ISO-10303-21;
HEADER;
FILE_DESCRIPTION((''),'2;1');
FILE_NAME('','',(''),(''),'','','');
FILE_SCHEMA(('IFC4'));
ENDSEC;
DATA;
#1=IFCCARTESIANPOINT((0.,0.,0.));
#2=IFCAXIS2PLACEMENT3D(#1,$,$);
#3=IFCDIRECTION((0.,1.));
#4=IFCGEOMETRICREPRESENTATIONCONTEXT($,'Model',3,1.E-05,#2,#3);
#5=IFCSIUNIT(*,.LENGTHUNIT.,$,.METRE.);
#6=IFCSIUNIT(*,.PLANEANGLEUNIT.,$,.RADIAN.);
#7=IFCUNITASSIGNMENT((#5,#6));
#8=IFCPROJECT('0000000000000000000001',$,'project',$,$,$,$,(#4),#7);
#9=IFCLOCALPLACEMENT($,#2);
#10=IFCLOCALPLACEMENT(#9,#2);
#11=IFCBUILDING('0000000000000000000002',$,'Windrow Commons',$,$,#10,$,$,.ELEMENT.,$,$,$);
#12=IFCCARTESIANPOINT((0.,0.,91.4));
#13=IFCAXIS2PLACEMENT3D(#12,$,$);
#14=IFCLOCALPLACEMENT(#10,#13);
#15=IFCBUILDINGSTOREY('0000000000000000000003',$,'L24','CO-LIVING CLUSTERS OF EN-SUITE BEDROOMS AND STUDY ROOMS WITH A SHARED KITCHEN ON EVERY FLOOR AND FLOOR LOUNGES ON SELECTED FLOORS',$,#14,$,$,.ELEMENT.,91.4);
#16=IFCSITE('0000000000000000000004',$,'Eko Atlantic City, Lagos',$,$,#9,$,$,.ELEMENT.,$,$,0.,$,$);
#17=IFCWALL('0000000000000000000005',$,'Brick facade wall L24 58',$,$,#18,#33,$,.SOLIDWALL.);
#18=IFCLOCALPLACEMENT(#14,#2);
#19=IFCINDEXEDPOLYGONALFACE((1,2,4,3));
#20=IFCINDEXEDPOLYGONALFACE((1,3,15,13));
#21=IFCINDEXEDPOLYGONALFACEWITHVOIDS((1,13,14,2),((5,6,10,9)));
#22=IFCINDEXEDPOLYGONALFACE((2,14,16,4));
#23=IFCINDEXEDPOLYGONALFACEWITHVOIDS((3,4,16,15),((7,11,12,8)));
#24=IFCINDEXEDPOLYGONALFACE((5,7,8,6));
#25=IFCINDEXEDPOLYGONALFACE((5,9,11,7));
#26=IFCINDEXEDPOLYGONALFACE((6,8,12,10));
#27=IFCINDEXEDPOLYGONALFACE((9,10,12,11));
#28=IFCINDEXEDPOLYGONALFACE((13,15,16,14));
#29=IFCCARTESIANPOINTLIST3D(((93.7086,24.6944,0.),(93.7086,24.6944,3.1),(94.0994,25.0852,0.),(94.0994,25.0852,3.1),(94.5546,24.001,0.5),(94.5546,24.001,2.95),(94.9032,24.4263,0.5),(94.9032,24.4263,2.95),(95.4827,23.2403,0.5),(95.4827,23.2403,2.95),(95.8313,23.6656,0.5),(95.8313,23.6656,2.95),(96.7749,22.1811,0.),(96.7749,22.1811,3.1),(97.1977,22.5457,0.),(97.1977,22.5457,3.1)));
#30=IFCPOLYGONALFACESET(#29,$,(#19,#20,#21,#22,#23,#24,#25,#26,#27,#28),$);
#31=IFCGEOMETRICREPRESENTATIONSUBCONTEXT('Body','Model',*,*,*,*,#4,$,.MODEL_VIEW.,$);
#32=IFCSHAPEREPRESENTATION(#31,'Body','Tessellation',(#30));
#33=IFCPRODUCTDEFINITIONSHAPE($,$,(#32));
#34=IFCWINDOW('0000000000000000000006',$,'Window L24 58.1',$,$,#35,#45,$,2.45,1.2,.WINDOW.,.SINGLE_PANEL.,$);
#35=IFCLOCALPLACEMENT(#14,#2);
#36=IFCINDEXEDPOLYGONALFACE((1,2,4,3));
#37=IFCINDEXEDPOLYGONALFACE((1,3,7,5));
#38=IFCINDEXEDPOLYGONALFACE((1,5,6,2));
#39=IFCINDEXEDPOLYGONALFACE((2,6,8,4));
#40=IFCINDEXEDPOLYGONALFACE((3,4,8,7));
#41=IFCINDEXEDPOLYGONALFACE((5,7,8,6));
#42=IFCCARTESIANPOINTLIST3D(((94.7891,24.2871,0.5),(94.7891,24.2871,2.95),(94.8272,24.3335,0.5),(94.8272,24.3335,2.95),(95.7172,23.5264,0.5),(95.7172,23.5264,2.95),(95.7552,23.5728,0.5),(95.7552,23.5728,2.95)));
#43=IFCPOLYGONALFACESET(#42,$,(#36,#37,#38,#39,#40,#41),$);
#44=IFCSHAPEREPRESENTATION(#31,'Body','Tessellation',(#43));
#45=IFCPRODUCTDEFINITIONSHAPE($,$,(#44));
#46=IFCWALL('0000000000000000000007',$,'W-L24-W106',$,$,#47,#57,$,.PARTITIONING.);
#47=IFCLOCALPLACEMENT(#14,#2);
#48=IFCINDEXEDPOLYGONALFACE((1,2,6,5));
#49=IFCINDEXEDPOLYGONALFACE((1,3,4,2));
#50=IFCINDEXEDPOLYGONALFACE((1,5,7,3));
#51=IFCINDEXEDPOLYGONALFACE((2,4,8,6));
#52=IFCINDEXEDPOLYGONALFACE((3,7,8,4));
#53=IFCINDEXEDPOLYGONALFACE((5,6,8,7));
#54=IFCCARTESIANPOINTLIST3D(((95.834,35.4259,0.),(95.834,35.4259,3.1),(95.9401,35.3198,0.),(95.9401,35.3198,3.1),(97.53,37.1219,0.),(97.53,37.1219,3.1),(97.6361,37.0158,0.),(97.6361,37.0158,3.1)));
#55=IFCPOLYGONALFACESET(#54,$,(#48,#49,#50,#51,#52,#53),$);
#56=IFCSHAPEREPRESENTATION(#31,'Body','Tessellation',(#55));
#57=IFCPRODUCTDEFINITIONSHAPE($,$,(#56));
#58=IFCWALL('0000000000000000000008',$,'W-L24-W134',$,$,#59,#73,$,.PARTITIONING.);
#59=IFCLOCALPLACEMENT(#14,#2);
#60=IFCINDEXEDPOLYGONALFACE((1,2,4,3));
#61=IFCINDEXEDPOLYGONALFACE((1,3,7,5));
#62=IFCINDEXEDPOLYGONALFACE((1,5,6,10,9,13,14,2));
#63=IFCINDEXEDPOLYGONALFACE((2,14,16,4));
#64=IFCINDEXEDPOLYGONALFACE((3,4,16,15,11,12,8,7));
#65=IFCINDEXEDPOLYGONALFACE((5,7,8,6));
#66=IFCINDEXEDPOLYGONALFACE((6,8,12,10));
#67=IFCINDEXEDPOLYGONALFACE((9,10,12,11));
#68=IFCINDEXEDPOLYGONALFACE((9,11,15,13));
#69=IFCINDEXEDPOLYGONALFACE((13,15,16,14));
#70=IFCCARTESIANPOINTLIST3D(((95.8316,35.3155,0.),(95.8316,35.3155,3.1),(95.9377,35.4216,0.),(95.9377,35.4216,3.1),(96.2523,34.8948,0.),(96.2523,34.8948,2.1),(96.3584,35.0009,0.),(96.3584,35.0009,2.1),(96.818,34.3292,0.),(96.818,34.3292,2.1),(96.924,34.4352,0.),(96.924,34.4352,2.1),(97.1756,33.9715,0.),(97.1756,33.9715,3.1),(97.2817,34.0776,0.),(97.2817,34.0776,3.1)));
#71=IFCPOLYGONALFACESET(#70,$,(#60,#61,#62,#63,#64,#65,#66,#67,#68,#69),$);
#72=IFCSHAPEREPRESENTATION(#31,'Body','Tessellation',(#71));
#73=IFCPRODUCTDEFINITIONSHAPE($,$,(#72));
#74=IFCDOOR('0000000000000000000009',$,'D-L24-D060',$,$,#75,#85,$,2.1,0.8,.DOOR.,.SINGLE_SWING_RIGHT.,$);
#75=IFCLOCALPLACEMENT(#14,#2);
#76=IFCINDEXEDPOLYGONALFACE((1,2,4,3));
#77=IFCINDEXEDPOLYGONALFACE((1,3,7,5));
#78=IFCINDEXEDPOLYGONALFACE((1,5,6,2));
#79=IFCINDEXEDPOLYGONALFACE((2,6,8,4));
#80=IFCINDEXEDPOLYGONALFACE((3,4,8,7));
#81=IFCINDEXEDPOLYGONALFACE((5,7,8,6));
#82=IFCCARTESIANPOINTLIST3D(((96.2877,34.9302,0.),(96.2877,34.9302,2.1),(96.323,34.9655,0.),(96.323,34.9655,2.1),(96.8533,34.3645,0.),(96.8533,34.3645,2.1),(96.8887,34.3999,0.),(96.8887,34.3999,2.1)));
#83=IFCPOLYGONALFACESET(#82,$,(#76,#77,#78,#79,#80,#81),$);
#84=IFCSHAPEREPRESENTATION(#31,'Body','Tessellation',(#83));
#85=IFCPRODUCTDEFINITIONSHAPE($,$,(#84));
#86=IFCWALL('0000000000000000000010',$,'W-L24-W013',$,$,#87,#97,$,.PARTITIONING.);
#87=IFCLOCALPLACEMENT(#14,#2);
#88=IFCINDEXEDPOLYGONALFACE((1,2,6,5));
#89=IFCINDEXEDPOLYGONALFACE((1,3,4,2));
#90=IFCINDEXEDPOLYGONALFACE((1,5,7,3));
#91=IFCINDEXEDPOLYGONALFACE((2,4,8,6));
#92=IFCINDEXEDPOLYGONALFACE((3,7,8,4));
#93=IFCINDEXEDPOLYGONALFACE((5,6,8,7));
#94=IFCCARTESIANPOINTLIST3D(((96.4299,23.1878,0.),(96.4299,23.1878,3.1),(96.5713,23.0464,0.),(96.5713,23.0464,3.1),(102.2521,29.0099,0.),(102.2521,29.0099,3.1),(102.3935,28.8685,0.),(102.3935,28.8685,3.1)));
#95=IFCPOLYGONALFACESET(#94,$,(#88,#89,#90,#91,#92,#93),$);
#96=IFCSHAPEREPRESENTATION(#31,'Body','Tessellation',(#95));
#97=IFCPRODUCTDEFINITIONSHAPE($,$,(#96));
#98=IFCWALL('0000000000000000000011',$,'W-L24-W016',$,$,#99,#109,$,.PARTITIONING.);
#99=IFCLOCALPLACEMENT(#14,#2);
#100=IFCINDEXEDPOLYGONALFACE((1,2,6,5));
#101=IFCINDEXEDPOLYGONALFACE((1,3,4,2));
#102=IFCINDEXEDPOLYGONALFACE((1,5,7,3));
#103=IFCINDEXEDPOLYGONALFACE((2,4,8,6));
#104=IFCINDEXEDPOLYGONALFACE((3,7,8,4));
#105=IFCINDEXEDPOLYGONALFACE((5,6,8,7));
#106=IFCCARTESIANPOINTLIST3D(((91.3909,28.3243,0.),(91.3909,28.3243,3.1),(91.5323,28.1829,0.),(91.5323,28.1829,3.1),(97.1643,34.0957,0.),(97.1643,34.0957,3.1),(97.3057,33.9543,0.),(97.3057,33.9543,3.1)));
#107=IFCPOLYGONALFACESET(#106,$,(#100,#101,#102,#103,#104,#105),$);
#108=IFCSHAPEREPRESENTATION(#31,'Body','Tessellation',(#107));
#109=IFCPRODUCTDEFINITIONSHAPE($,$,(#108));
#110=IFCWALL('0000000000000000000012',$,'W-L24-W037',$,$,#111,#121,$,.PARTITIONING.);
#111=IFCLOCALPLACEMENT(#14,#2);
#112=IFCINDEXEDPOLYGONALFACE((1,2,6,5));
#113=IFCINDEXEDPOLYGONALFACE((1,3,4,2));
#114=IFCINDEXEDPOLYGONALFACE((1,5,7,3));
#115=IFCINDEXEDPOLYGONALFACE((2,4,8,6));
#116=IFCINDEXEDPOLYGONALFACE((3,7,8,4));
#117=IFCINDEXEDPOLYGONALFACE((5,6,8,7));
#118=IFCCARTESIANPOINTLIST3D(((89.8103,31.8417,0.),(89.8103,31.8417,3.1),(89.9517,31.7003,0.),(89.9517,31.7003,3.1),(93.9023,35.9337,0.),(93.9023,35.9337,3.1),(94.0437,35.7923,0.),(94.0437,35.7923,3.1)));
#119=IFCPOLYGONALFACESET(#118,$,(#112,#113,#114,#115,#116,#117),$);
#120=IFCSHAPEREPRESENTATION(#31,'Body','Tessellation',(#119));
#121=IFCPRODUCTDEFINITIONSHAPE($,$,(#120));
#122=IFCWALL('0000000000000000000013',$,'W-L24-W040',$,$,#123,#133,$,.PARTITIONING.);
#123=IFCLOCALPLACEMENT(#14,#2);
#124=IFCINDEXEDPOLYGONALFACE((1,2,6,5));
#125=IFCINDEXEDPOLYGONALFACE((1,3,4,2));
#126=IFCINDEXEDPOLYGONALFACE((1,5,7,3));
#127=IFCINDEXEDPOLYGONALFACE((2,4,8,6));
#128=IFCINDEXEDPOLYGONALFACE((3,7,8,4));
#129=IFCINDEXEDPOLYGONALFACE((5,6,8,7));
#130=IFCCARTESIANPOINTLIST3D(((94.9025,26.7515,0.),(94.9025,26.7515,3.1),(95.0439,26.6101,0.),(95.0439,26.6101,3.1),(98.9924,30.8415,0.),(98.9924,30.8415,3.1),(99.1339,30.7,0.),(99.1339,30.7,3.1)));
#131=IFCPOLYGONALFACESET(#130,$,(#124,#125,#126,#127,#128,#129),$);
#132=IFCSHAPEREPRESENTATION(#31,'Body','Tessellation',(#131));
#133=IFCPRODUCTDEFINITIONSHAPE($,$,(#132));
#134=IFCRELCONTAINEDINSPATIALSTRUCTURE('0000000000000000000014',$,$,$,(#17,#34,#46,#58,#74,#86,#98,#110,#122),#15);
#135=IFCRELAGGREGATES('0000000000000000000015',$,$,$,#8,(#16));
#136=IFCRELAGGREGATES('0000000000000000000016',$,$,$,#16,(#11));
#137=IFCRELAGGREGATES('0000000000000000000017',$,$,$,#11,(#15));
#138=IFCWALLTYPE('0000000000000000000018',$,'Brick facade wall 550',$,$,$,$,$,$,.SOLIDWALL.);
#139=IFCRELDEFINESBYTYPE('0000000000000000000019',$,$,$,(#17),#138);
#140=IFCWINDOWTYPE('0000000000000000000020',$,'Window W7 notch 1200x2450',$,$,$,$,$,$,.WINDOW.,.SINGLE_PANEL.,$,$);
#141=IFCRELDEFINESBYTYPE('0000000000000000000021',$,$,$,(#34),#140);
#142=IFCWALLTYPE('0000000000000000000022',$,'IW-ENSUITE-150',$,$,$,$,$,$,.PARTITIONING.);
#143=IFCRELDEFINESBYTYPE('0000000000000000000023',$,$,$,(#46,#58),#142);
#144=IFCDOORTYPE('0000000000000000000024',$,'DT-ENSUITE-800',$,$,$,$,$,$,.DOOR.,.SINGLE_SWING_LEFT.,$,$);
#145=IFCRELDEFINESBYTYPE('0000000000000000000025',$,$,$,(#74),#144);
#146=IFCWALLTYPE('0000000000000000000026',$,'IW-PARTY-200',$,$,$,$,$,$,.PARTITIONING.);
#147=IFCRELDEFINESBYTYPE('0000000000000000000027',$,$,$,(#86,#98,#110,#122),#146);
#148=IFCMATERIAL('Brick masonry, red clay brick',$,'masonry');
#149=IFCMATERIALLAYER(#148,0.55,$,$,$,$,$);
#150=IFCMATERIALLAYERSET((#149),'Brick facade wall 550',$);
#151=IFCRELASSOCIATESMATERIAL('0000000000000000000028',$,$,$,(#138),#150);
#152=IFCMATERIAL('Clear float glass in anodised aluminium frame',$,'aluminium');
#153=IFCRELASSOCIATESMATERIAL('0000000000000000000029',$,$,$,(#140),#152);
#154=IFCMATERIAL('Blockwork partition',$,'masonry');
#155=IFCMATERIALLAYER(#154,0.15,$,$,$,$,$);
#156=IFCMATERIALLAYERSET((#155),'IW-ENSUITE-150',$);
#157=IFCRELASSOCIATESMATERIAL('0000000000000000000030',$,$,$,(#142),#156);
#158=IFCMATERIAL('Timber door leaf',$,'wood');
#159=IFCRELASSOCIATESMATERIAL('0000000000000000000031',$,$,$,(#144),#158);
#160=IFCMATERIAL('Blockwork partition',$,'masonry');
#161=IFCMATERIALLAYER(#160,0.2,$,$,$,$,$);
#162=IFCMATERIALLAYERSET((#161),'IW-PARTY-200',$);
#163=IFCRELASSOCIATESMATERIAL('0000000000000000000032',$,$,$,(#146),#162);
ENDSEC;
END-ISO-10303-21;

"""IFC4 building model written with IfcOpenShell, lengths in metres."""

from ifc_helpers import new_model, si_unit, direction, frame, frame_2d, origin, place, context, subcontext, project, spatial, polyline, rectangle, outline, extrude, material, layer, layer_set, type_object, element, fill, save


model = new_model("IFC4")

# Units and contexts
model_context = context("Model", 3, precision=1e-05, world=origin(), true_north=direction((0.0, 1.0)))
body_context = subcontext(model_context, "Body", "Model", "MODEL_VIEW")
ifc_project = project(units=[si_unit("LENGTHUNIT", "METRE"), si_unit("PLANEANGLEUNIT", "RADIAN")], contexts=[model_context])

# Site, building, storey
site_placement = place(None, origin())
site = spatial("IfcSite", under=ifc_project, at=site_placement, Name="Eko Atlantic City, Lagos", CompositionType="ELEMENT", RefElevation=0.0)
building_placement = place(site_placement, origin())
building = spatial("IfcBuilding", under=site, at=building_placement, Name="Windrow Commons", CompositionType="ELEMENT")
storey_placement = place(building_placement, frame((0.0, 0.0, 91.4)))
storey = spatial("IfcBuildingStorey", under=building, at=storey_placement, Name="L24", Description="CO-LIVING CLUSTERS OF EN-SUITE BEDROOMS AND STUDY ROOMS WITH A SHARED KITCHEN ON EVERY FLOOR AND FLOOR LOUNGES ON SELECTED FLOORS", CompositionType="ELEMENT", Elevation=91.4)

# Shared definitions
ifc_material_1 = material(Name="Brick masonry, red clay brick", Category="masonry")
ifc_layer_1 = layer(ifc_material_1, 0.55)
ifc_layer_set_1 = layer_set([ifc_layer_1], Name="Brick facade wall 550")
wall_type_1 = type_object("IfcWallType", Name="Brick facade wall 550", PredefinedType="SOLIDWALL", material=ifc_layer_set_1)

# Wall, opening, window
wall_1_placement = place(storey_placement, frame((93.904, 24.8898, 0.0), z_axis=(0.0, 0.0, 1.0), x_axis=(0.773401, -0.633917, 0.0)))
wall_1 = element("IfcWall", 1, at=wall_1_placement, inside=storey, type_object=wall_type_1, Name="Brick facade wall L24 58", PredefinedType="SOLIDWALL", context=body_context, shape_type="SweptSolid", body=[
    extrude(outline(polyline([(-0.0273, -0.275), (3.9375, -0.275), (4.0333, 0.275), (0.0273, 0.275), (-0.0273, -0.275)])), origin(), (0.0, 0.0, 1.0), 3.1),
])
opening_1_placement = place(wall_1_placement, frame((1.0666, 0.0, 0.5)))
opening_1 = element("IfcOpeningElement", 2, at=opening_1_placement, cuts=wall_1, PredefinedType="OPENING", context=body_context, shape_type="SweptSolid", body=[
    extrude(rectangle(XDim=1.2, YDim=2.45, at=frame_2d((0.6, 1.225))), frame((0.0, 0.285, 0.0), z_axis=(0.0, -1.0, 0.0), x_axis=(1.0, 0.0, 0.0)), (0.0, 0.0, 1.0), 0.57),
])
ifc_material_2 = material(Name="Clear float glass in anodised aluminium frame", Category="aluminium")
window_type_1 = type_object("IfcWindowType", Name="Window W7 notch 1200x2450", PartitioningType="SINGLE_PANEL", PredefinedType="WINDOW", material=ifc_material_2)
window_1_placement = place(opening_1_placement, origin())
window_1 = element("IfcWindow", 3, at=window_1_placement, inside=storey, type_object=window_type_1, Name="Window L24 58.1", OverallHeight=2.45, OverallWidth=1.2, PartitioningType="SINGLE_PANEL", PredefinedType="WINDOW", context=body_context, shape_type="SweptSolid", body=[
    extrude(rectangle(XDim=1.2, YDim=2.45, at=frame_2d((0.6, 1.225))), frame((0.0, 0.155, 0.0), z_axis=(0.0, -1.0, 0.0), x_axis=(1.0, 0.0, 0.0)), (0.0, 0.0, 1.0), 0.06),
])
fill(opening_1, window_1)

# Wall
ifc_material_3 = material(Name="Blockwork partition", Category="masonry")
ifc_layer_2 = layer(ifc_material_3, 0.15)
ifc_layer_set_2 = layer_set([ifc_layer_2], Name="IW-ENSUITE-150")
wall_type_2 = type_object("IfcWallType", Name="IW-ENSUITE-150", PredefinedType="PARTITIONING", material=ifc_layer_set_2)
wall_2_placement = place(storey_placement, frame((95.8871, 35.3729, 0.0), z_axis=(0.0, 0.0, 1.0), x_axis=(0.707107, 0.707107, 0.0)))
element("IfcWall", 4, at=wall_2_placement, inside=storey, type_object=wall_type_2, Name="W-L24-W106", PredefinedType="PARTITIONING", context=body_context, shape_type="SweptSolid", body=[
    extrude(rectangle(XDim=2.3985, YDim=0.15, at=frame_2d((1.1992, 0.0))), origin(), (0.0, 0.0, 1.0), 3.1),
])

# Wall, opening, door
wall_3_placement = place(storey_placement, frame((95.8846, 35.3686, 0.0), z_axis=(0.0, 0.0, 1.0), x_axis=(0.707107, -0.707107, 0.0)))
wall_3 = element("IfcWall", 5, at=wall_3_placement, inside=storey, type_object=wall_type_2, Name="W-L24-W134", PredefinedType="PARTITIONING", context=body_context, shape_type="SweptSolid", body=[
    extrude(rectangle(XDim=1.9007, YDim=0.15, at=frame_2d((0.9504, 0.0))), origin(), (0.0, 0.0, 1.0), 3.1),
])
opening_2_placement = place(wall_3_placement, frame((0.595, 0.0, 0.0)))
opening_2 = element("IfcOpeningElement", 6, at=opening_2_placement, cuts=wall_3, PredefinedType="OPENING", context=body_context, shape_type="SweptSolid", body=[
    extrude(rectangle(XDim=0.8, YDim=2.1, at=frame_2d((0.4, 1.05))), frame((0.0, 0.085, 0.0), z_axis=(0.0, -1.0, 0.0), x_axis=(1.0, 0.0, 0.0)), (0.0, 0.0, 1.0), 0.17),
])
ifc_material_4 = material(Name="Timber door leaf", Category="wood")
door_type = type_object("IfcDoorType", Name="DT-ENSUITE-800", OperationType="SINGLE_SWING_LEFT", PredefinedType="DOOR", material=ifc_material_4)
door_placement = place(opening_2_placement, origin())
door = element("IfcDoor", 7, at=door_placement, inside=storey, type_object=door_type, Name="D-L24-D060", OperationType="SINGLE_SWING_RIGHT", OverallHeight=2.1, OverallWidth=0.8, PredefinedType="DOOR", context=body_context, shape_type="SweptSolid", body=[
    extrude(rectangle(XDim=0.8, YDim=2.1, at=frame_2d((0.4, 1.05))), frame((0.0, 0.025, 0.0), z_axis=(0.0, -1.0, 0.0), x_axis=(1.0, 0.0, 0.0)), (0.0, 0.0, 1.0), 0.05),
])
fill(opening_2, door)

# Walls
ifc_material_5 = material(Name="Blockwork partition", Category="masonry")
ifc_layer_3 = layer(ifc_material_5, 0.2)
ifc_layer_set_3 = layer_set([ifc_layer_3], Name="IW-PARTY-200")
wall_type_3 = type_object("IfcWallType", Name="IW-PARTY-200", PredefinedType="PARTITIONING", material=ifc_layer_set_3)
wall_4_placement = place(storey_placement, frame((96.5006, 23.1171, 0.0), z_axis=(0.0, 0.0, 1.0), x_axis=(0.707113, 0.707101, 0.0)))
element("IfcWall", 8, at=wall_4_placement, inside=storey, type_object=wall_type_3, Name="W-L24-W013", PredefinedType="PARTITIONING", context=body_context, shape_type="SweptSolid", body=[
    extrude(rectangle(XDim=8.2338, YDim=0.2, at=frame_2d((4.1169, 0.0))), origin(), (0.0, 0.0, 1.0), 3.1),
])
wall_5_placement = place(storey_placement, frame((91.4616, 28.2536, 0.0), z_axis=(0.0, 0.0, 1.0), x_axis=(0.707229, 0.706984, 0.0)))
element("IfcWall", 9, at=wall_5_placement, inside=storey, type_object=wall_type_3, Name="W-L24-W016", PredefinedType="PARTITIONING", context=body_context, shape_type="SweptSolid", body=[
    extrude(rectangle(XDim=8.1634, YDim=0.2, at=frame_2d((4.0817, 0.0))), origin(), (0.0, 0.0, 1.0), 3.1),
])
wall_6_placement = place(storey_placement, frame((89.881, 31.771, 0.0), z_axis=(0.0, 0.0, 1.0), x_axis=(0.707107, 0.707107, 0.0)))
element("IfcWall", 10, at=wall_6_placement, inside=storey, type_object=wall_type_3, Name="W-L24-W037", PredefinedType="PARTITIONING", context=body_context, shape_type="SweptSolid", body=[
    extrude(rectangle(XDim=5.787, YDim=0.2, at=frame_2d((2.8935, 0.0))), origin(), (0.0, 0.0, 1.0), 3.1),
])
wall_7_placement = place(storey_placement, frame((94.9732, 26.6808, 0.0), z_axis=(0.0, 0.0, 1.0), x_axis=(0.707107, 0.707107, 0.0)))
element("IfcWall", 11, at=wall_7_placement, inside=storey, type_object=wall_type_3, Name="W-L24-W040", PredefinedType="PARTITIONING", context=body_context, shape_type="SweptSolid", body=[
    extrude(rectangle(XDim=5.7841, YDim=0.2, at=frame_2d((2.892, 0.0))), origin(), (0.0, 0.0, 1.0), 3.1),
])

save(model, "model.ifc")
